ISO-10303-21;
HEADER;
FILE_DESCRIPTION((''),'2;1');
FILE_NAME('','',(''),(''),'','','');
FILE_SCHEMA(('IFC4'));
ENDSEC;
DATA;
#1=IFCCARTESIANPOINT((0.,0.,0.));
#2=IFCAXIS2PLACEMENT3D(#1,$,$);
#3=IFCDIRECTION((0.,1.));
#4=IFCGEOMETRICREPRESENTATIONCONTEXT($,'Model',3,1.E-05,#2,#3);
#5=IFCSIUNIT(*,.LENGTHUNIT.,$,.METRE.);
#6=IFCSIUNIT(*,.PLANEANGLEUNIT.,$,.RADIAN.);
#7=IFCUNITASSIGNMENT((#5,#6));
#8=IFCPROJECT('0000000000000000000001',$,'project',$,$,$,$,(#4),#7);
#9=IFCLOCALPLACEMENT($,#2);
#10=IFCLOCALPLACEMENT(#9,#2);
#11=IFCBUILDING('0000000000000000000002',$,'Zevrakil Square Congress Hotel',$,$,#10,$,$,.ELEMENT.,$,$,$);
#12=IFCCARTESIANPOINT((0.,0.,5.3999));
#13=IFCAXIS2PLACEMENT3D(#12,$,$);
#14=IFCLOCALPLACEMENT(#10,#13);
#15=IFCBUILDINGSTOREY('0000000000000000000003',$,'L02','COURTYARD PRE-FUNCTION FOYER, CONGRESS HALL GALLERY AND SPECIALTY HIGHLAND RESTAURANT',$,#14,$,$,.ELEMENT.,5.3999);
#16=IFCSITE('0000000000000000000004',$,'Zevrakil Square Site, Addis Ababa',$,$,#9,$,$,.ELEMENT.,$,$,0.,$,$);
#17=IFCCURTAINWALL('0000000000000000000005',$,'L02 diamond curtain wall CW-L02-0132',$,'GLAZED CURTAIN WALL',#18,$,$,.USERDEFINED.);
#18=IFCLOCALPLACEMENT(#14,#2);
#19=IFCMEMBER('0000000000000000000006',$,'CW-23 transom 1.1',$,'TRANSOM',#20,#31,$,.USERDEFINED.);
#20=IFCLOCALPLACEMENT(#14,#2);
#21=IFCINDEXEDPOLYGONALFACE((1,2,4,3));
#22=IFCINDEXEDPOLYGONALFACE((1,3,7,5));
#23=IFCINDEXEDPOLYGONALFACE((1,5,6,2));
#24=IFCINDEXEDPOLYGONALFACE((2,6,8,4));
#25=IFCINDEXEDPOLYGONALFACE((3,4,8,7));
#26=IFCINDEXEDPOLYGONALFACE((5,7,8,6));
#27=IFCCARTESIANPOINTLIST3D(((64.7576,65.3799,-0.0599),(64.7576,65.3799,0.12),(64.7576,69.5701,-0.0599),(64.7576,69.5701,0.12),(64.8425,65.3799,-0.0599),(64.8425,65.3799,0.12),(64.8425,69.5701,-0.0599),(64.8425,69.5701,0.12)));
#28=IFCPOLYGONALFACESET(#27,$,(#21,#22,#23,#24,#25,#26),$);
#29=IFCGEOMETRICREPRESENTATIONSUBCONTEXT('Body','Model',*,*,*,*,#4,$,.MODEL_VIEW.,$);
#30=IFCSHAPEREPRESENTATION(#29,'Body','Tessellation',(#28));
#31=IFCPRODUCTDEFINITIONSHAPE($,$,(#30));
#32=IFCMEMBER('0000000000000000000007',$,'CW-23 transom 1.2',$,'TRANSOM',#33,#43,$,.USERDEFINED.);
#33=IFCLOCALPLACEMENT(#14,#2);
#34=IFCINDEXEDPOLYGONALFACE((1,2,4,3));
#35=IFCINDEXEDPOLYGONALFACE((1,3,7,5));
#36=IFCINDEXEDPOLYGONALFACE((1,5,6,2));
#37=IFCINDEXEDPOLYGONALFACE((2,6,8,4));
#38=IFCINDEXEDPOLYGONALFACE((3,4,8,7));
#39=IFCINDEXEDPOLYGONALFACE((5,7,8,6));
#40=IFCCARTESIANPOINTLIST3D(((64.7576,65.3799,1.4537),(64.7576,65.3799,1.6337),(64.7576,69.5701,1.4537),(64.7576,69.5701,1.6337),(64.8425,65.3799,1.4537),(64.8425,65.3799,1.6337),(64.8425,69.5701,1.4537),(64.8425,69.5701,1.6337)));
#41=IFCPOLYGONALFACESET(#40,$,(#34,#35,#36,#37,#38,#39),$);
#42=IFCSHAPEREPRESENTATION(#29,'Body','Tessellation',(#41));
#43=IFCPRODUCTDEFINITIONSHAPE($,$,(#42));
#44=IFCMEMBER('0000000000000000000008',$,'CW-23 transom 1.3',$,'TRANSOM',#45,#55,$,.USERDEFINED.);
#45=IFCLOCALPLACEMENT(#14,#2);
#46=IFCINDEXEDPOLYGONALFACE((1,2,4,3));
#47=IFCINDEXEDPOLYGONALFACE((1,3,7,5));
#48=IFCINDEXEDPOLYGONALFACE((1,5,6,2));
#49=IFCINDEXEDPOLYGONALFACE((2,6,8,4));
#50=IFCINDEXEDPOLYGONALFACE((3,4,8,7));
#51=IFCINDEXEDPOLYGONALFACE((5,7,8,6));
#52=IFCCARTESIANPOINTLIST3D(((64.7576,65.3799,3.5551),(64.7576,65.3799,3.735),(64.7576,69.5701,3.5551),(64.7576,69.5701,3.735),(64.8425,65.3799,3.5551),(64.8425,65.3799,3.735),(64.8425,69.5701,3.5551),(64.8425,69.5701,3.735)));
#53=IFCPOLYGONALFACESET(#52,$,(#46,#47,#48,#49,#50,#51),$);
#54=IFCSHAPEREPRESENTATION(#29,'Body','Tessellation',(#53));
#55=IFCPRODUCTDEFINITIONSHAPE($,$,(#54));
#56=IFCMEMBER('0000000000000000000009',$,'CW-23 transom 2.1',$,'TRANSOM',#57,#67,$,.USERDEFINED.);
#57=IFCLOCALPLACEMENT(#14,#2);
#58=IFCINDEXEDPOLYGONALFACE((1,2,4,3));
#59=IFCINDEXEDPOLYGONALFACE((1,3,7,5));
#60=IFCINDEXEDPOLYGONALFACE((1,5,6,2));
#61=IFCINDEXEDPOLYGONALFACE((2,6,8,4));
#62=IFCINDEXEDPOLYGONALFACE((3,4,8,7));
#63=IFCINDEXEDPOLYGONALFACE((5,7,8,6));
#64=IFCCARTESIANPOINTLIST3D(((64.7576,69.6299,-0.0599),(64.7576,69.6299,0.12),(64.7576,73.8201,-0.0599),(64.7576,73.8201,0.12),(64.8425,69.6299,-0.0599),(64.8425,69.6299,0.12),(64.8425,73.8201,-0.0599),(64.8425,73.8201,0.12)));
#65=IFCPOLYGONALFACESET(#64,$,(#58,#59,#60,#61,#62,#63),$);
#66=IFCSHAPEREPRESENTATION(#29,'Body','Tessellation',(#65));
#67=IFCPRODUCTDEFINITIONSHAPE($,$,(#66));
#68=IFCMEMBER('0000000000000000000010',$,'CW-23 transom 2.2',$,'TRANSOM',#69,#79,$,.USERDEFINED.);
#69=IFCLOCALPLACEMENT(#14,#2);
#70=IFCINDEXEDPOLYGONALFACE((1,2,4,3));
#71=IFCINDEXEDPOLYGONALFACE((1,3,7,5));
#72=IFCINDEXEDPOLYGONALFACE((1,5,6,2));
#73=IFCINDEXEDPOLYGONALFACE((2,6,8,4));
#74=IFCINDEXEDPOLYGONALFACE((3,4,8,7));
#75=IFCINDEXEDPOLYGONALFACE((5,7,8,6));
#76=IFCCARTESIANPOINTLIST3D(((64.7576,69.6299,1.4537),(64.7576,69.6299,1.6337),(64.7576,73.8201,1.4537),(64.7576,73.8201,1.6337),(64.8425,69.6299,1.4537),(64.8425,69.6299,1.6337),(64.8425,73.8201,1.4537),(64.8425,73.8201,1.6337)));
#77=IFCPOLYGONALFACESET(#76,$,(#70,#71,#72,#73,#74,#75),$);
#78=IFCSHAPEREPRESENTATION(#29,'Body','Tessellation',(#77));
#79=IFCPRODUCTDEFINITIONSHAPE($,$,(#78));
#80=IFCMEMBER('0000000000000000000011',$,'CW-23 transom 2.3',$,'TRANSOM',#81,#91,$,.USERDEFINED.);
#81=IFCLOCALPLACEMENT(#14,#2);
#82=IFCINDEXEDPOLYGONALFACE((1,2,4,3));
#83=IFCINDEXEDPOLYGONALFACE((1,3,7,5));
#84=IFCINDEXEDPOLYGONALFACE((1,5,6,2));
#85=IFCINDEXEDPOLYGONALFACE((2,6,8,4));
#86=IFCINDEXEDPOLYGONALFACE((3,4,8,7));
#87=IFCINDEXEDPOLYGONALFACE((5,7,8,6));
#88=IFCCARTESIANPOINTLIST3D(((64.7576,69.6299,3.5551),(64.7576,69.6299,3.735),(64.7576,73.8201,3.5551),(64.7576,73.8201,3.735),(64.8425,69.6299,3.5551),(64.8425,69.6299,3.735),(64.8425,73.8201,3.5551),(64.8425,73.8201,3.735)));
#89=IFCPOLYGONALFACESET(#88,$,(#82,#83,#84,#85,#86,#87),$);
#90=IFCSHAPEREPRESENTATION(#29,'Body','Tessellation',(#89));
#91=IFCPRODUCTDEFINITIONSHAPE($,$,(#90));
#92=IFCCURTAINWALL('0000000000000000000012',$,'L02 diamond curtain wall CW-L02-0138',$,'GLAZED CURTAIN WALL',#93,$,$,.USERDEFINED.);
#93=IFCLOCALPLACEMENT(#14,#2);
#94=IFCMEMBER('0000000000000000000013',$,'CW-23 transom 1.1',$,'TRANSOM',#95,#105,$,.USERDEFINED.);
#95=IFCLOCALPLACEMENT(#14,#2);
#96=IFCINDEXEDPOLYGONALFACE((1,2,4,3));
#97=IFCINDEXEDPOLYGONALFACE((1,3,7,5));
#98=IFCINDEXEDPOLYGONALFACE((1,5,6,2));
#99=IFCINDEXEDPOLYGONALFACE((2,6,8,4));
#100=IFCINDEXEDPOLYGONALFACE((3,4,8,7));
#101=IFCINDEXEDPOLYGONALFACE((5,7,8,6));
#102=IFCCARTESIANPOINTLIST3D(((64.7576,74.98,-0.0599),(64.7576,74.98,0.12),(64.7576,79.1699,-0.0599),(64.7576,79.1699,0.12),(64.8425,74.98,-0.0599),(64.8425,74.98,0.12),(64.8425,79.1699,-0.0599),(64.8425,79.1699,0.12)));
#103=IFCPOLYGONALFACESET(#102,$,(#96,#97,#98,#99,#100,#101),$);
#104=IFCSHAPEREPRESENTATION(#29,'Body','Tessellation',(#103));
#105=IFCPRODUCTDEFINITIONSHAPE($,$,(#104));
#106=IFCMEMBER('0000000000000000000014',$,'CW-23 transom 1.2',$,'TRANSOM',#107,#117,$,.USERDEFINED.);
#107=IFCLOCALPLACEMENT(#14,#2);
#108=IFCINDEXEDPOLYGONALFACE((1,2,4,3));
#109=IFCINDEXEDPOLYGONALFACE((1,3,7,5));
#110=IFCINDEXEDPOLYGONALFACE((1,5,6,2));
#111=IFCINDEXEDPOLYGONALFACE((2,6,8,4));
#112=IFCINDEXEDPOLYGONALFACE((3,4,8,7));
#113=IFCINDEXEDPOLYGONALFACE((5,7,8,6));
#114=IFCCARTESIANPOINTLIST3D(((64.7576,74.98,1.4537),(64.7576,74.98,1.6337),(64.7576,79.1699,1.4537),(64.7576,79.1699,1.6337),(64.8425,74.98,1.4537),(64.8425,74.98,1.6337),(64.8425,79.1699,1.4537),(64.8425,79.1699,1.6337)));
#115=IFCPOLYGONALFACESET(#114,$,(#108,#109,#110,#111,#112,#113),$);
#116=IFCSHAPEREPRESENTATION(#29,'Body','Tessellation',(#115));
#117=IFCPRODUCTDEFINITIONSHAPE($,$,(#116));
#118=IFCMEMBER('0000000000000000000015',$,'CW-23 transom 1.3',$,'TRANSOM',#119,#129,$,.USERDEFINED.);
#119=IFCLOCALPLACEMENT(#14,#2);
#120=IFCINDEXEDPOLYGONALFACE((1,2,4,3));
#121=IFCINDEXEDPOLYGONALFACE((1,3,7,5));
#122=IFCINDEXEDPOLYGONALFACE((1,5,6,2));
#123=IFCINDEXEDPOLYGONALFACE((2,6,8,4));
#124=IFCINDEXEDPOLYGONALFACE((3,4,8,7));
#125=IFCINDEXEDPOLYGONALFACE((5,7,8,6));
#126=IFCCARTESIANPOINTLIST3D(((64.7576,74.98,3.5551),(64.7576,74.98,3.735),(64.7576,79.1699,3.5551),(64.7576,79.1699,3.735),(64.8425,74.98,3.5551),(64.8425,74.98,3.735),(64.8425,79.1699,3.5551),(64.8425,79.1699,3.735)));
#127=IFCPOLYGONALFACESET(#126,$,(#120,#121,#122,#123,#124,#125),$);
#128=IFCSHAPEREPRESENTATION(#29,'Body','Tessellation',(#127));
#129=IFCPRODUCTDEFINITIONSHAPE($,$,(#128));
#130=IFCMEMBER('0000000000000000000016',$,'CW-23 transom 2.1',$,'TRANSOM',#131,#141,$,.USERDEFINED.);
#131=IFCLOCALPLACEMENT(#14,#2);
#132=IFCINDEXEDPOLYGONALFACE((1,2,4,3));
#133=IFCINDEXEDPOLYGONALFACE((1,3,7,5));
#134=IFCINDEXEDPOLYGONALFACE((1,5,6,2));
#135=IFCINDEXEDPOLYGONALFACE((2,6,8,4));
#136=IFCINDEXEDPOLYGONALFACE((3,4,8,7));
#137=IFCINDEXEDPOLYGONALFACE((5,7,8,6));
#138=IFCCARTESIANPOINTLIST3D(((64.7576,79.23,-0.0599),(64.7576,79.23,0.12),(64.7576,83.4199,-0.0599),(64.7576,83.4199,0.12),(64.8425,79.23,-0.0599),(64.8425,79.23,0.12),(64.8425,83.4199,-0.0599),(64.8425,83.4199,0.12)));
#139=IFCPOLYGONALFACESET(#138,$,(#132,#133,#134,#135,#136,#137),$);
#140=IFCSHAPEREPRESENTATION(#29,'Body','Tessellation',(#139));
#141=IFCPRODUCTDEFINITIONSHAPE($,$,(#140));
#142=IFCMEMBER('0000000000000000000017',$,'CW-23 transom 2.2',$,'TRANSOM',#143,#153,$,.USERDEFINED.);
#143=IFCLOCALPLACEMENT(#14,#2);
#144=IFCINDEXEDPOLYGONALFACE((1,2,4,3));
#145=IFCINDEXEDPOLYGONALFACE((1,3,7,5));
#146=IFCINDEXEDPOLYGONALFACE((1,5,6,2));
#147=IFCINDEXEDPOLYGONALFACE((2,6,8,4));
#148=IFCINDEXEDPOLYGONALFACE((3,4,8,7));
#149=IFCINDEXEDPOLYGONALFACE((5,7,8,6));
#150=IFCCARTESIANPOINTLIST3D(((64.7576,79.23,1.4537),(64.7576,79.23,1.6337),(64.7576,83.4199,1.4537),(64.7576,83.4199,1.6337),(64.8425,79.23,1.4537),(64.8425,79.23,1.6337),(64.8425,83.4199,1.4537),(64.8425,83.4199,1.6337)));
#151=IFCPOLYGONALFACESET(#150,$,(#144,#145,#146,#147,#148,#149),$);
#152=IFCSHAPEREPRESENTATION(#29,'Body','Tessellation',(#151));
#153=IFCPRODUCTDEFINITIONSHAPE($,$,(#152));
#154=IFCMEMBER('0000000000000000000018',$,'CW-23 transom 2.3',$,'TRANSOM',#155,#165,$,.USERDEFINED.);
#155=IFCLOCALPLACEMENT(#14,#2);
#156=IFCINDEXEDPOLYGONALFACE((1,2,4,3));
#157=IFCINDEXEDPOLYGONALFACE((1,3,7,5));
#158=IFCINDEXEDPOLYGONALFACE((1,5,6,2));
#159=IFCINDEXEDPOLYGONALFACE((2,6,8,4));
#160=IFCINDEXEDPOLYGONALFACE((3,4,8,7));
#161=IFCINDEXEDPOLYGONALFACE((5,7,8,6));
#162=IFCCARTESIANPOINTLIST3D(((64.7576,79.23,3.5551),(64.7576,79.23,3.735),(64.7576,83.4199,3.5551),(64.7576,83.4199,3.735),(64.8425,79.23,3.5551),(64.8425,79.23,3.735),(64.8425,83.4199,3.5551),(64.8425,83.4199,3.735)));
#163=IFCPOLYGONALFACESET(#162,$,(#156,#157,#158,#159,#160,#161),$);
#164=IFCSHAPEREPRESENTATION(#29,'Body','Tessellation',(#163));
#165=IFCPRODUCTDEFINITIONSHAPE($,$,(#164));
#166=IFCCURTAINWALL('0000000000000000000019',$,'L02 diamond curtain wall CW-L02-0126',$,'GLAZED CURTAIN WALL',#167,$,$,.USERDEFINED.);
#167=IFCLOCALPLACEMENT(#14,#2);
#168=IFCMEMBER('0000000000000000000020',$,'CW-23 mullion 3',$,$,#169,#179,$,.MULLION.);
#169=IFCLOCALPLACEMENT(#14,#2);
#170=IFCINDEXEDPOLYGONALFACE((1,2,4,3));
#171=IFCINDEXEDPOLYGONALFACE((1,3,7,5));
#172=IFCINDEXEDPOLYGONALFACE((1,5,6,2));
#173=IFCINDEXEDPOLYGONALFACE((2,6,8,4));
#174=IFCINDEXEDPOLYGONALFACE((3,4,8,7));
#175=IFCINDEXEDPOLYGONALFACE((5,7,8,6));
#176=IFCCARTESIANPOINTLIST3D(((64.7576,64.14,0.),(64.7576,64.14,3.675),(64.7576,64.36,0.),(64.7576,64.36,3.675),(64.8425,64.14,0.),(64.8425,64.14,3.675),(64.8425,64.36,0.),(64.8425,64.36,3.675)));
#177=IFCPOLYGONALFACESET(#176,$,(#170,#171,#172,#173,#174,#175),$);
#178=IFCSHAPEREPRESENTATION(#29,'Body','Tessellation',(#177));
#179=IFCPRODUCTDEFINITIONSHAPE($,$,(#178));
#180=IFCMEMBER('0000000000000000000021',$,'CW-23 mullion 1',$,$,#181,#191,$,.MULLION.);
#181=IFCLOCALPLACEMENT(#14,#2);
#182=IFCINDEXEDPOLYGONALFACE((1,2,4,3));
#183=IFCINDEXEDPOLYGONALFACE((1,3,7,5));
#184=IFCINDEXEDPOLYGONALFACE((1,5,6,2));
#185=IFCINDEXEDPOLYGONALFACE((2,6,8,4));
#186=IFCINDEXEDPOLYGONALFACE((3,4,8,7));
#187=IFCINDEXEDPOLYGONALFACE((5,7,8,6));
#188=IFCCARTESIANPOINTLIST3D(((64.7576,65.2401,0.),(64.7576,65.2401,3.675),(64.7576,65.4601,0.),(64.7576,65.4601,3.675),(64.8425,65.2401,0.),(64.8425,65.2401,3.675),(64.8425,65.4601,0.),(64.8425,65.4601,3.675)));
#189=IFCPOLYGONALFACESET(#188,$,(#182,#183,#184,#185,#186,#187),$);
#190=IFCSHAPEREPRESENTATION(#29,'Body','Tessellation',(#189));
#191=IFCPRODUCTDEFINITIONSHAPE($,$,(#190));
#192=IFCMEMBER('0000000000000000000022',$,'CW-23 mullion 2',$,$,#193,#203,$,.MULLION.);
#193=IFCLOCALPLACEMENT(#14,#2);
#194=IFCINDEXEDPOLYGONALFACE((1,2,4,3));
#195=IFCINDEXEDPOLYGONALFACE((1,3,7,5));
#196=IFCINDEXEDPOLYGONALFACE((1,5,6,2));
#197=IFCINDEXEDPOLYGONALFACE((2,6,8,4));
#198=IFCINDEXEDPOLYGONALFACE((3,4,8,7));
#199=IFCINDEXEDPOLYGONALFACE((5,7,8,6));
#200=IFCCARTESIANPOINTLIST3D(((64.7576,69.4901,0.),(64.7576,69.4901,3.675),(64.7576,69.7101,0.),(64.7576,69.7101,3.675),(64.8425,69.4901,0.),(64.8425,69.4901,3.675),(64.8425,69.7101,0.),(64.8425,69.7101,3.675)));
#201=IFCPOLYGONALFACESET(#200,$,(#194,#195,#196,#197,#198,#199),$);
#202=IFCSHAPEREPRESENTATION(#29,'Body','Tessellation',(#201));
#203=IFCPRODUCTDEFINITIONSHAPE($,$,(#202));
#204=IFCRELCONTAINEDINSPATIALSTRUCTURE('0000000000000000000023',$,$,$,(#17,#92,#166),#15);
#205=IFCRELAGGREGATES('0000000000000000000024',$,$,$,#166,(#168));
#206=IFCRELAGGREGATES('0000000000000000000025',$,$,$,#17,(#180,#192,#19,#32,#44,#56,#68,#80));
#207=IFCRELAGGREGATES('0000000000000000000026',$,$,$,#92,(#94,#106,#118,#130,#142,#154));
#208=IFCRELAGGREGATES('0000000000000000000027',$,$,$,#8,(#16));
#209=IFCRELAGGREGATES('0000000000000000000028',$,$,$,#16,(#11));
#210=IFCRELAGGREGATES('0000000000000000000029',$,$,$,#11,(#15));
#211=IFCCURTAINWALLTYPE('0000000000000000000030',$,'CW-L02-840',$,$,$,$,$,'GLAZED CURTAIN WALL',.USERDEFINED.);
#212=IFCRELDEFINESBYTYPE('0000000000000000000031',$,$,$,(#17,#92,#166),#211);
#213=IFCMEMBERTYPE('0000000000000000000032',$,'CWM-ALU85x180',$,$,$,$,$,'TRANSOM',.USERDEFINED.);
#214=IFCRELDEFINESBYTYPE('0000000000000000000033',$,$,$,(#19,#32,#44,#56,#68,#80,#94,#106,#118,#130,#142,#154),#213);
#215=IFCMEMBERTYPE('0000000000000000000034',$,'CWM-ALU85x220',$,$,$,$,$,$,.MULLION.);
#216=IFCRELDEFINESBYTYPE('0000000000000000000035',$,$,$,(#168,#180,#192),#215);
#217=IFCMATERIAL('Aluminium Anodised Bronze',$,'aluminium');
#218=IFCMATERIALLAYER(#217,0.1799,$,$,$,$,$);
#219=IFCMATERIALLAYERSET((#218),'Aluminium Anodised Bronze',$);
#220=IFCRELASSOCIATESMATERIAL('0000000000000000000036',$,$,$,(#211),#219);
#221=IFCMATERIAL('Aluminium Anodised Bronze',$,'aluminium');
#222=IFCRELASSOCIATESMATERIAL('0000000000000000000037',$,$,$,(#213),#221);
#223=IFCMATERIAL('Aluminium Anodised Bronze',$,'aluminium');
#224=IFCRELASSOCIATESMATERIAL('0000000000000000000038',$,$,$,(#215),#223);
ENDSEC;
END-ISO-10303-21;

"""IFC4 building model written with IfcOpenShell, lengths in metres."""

from ifc_helpers import new_model, si_unit, direction, frame, origin, origin_2d, place, context, subcontext, project, spatial, rectangle, extrude, material, layer, layer_set, material_profile, profile_set, type_object, element, aggregate, save


model = new_model("IFC4")

# Units and contexts
model_context = context("Model", 3, precision=1e-05, world=origin(), true_north=direction((0.0, 1.0)))
body_context = subcontext(model_context, "Body", "Model", "MODEL_VIEW")
ifc_project = project(units=[si_unit("LENGTHUNIT", "METRE"), si_unit("PLANEANGLEUNIT", "RADIAN")], contexts=[model_context])

# Site, building, storey
site_placement = place(None, origin())
site = spatial("IfcSite", under=ifc_project, at=site_placement, Name="Zevrakil Square Site, Addis Ababa", CompositionType="ELEMENT", RefElevation=0.0)
building_placement = place(site_placement, origin())
building = spatial("IfcBuilding", under=site, at=building_placement, Name="Zevrakil Square Congress Hotel", CompositionType="ELEMENT")
storey_placement = place(building_placement, frame((0.0, 0.0, 5.3999)))
storey = spatial("IfcBuildingStorey", under=building, at=storey_placement, Name="L02", Description="COURTYARD PRE-FUNCTION FOYER, CONGRESS HALL GALLERY AND SPECIALTY HIGHLAND RESTAURANT", CompositionType="ELEMENT", Elevation=5.3999)

# Curtain walls, members
ifc_material_1 = material(Name="Aluminium Anodised Bronze", Category="aluminium")
ifc_layer_1 = layer(ifc_material_1, 0.1799)
ifc_layer_set_1 = layer_set([ifc_layer_1], Name="Aluminium Anodised Bronze")
curtain_wall_type = type_object("IfcCurtainWallType", Name="CW-L02-840", ElementType="GLAZED CURTAIN WALL", PredefinedType="USERDEFINED", material=ifc_layer_set_1)
curtain_wall_1_placement = place(storey_placement, origin())
curtain_wall_1 = element("IfcCurtainWall", 1, at=curtain_wall_1_placement, inside=storey, type_object=curtain_wall_type, Name="L02 diamond curtain wall CW-L02-0132", ObjectType="GLAZED CURTAIN WALL", PredefinedType="USERDEFINED")
ifc_material_2 = material(Name="Aluminium Anodised Bronze", Category="aluminium")
ifc_material_profile_1 = material_profile(ifc_material_2, rectangle(XDim=0.085, YDim=0.1799, at=origin_2d()), Name="ALU 85x180")
ifc_profile_set_1 = profile_set([ifc_material_profile_1], Name="Aluminium Anodised Bronze")
member_type_1 = type_object("IfcMemberType", Name="CWM-ALU85x180", ElementType="TRANSOM", PredefinedType="USERDEFINED", material=ifc_profile_set_1)
member_1_placement = place(storey_placement, frame((64.8, 65.3799, 0.03), z_axis=(0.0, 1.0, 0.0), x_axis=(-1.0, 0.0, 0.0)))
member_1 = element("IfcMember", 2, at=member_1_placement, type_object=member_type_1, Name="CW-23 transom 1.1", ObjectType="TRANSOM", PredefinedType="USERDEFINED", context=body_context, shape_type="SweptSolid", body=[
    extrude(rectangle(XDim=0.085, YDim=0.1799, at=origin_2d()), origin(), (0.0, 0.0, 1.0), 4.1902),
])
member_2_placement = place(storey_placement, frame((64.8, 65.3799, 1.5437), z_axis=(0.0, 1.0, 0.0), x_axis=(-1.0, 0.0, 0.0)))
member_2 = element("IfcMember", 3, at=member_2_placement, type_object=member_type_1, Name="CW-23 transom 1.2", ObjectType="TRANSOM", PredefinedType="USERDEFINED", context=body_context, shape_type="SweptSolid", body=[
    extrude(rectangle(XDim=0.085, YDim=0.1799, at=origin_2d()), origin(), (0.0, 0.0, 1.0), 4.1902),
])
member_3_placement = place(storey_placement, frame((64.8, 65.3799, 3.645), z_axis=(0.0, 1.0, 0.0), x_axis=(-1.0, 0.0, 0.0)))
member_3 = element("IfcMember", 4, at=member_3_placement, type_object=member_type_1, Name="CW-23 transom 1.3", ObjectType="TRANSOM", PredefinedType="USERDEFINED", context=body_context, shape_type="SweptSolid", body=[
    extrude(rectangle(XDim=0.085, YDim=0.1799, at=origin_2d()), origin(), (0.0, 0.0, 1.0), 4.1902),
])
member_4_placement = place(storey_placement, frame((64.8, 69.6299, 0.03), z_axis=(0.0, 1.0, 0.0), x_axis=(-1.0, 0.0, 0.0)))
member_4 = element("IfcMember", 5, at=member_4_placement, type_object=member_type_1, Name="CW-23 transom 2.1", ObjectType="TRANSOM", PredefinedType="USERDEFINED", context=body_context, shape_type="SweptSolid", body=[
    extrude(rectangle(XDim=0.085, YDim=0.1799, at=origin_2d()), origin(), (0.0, 0.0, 1.0), 4.1902),
])
member_5_placement = place(storey_placement, frame((64.8, 69.6299, 1.5437), z_axis=(0.0, 1.0, 0.0), x_axis=(-1.0, 0.0, 0.0)))
member_5 = element("IfcMember", 6, at=member_5_placement, type_object=member_type_1, Name="CW-23 transom 2.2", ObjectType="TRANSOM", PredefinedType="USERDEFINED", context=body_context, shape_type="SweptSolid", body=[
    extrude(rectangle(XDim=0.085, YDim=0.1799, at=origin_2d()), origin(), (0.0, 0.0, 1.0), 4.1902),
])
member_6_placement = place(storey_placement, frame((64.8, 69.6299, 3.645), z_axis=(0.0, 1.0, 0.0), x_axis=(-1.0, 0.0, 0.0)))
member_6 = element("IfcMember", 7, at=member_6_placement, type_object=member_type_1, Name="CW-23 transom 2.3", ObjectType="TRANSOM", PredefinedType="USERDEFINED", context=body_context, shape_type="SweptSolid", body=[
    extrude(rectangle(XDim=0.085, YDim=0.1799, at=origin_2d()), origin(), (0.0, 0.0, 1.0), 4.1902),
])
curtain_wall_2_placement = place(storey_placement, origin())
curtain_wall_2 = element("IfcCurtainWall", 8, at=curtain_wall_2_placement, inside=storey, type_object=curtain_wall_type, Name="L02 diamond curtain wall CW-L02-0138", ObjectType="GLAZED CURTAIN WALL", PredefinedType="USERDEFINED")
member_7_placement = place(storey_placement, frame((64.8, 74.98, 0.03), z_axis=(0.0, 1.0, 0.0), x_axis=(-1.0, 0.0, 0.0)))
member_7 = element("IfcMember", 9, at=member_7_placement, type_object=member_type_1, Name="CW-23 transom 1.1", ObjectType="TRANSOM", PredefinedType="USERDEFINED", context=body_context, shape_type="SweptSolid", body=[
    extrude(rectangle(XDim=0.085, YDim=0.1799, at=origin_2d()), origin(), (0.0, 0.0, 1.0), 4.1899),
])
member_8_placement = place(storey_placement, frame((64.8, 74.98, 1.5437), z_axis=(0.0, 1.0, 0.0), x_axis=(-1.0, 0.0, 0.0)))
member_8 = element("IfcMember", 10, at=member_8_placement, type_object=member_type_1, Name="CW-23 transom 1.2", ObjectType="TRANSOM", PredefinedType="USERDEFINED", context=body_context, shape_type="SweptSolid", body=[
    extrude(rectangle(XDim=0.085, YDim=0.1799, at=origin_2d()), origin(), (0.0, 0.0, 1.0), 4.1899),
])
member_9_placement = place(storey_placement, frame((64.8, 74.98, 3.645), z_axis=(0.0, 1.0, 0.0), x_axis=(-1.0, 0.0, 0.0)))
member_9 = element("IfcMember", 11, at=member_9_placement, type_object=member_type_1, Name="CW-23 transom 1.3", ObjectType="TRANSOM", PredefinedType="USERDEFINED", context=body_context, shape_type="SweptSolid", body=[
    extrude(rectangle(XDim=0.085, YDim=0.1799, at=origin_2d()), origin(), (0.0, 0.0, 1.0), 4.1899),
])
member_10_placement = place(storey_placement, frame((64.8, 79.23, 0.03), z_axis=(0.0, 1.0, 0.0), x_axis=(-1.0, 0.0, 0.0)))
member_10 = element("IfcMember", 12, at=member_10_placement, type_object=member_type_1, Name="CW-23 transom 2.1", ObjectType="TRANSOM", PredefinedType="USERDEFINED", context=body_context, shape_type="SweptSolid", body=[
    extrude(rectangle(XDim=0.085, YDim=0.1799, at=origin_2d()), origin(), (0.0, 0.0, 1.0), 4.1899),
])
member_11_placement = place(storey_placement, frame((64.8, 79.23, 1.5437), z_axis=(0.0, 1.0, 0.0), x_axis=(-1.0, 0.0, 0.0)))
member_11 = element("IfcMember", 13, at=member_11_placement, type_object=member_type_1, Name="CW-23 transom 2.2", ObjectType="TRANSOM", PredefinedType="USERDEFINED", context=body_context, shape_type="SweptSolid", body=[
    extrude(rectangle(XDim=0.085, YDim=0.1799, at=origin_2d()), origin(), (0.0, 0.0, 1.0), 4.1899),
])
member_12_placement = place(storey_placement, frame((64.8, 79.23, 3.645), z_axis=(0.0, 1.0, 0.0), x_axis=(-1.0, 0.0, 0.0)))
member_12 = element("IfcMember", 14, at=member_12_placement, type_object=member_type_1, Name="CW-23 transom 2.3", ObjectType="TRANSOM", PredefinedType="USERDEFINED", context=body_context, shape_type="SweptSolid", body=[
    extrude(rectangle(XDim=0.085, YDim=0.1799, at=origin_2d()), origin(), (0.0, 0.0, 1.0), 4.1899),
])

# Curtain wall, member
curtain_wall_3_placement = place(storey_placement, origin())
curtain_wall_3 = element("IfcCurtainWall", 15, at=curtain_wall_3_placement, inside=storey, type_object=curtain_wall_type, Name="L02 diamond curtain wall CW-L02-0126", ObjectType="GLAZED CURTAIN WALL", PredefinedType="USERDEFINED")
ifc_material_3 = material(Name="Aluminium Anodised Bronze", Category="aluminium")
ifc_material_profile_2 = material_profile(ifc_material_3, rectangle(XDim=0.085, YDim=0.22, at=origin_2d()), Name="ALU 85x220")
ifc_profile_set_2 = profile_set([ifc_material_profile_2], Name="Aluminium Anodised Bronze")
member_type_2 = type_object("IfcMemberType", Name="CWM-ALU85x220", PredefinedType="MULLION", material=ifc_profile_set_2)
member_13_placement = place(storey_placement, frame((64.8, 64.25, 0.0), z_axis=(0.0, 0.0, 1.0), x_axis=(-1.0, 0.0, 0.0)))
member_13 = element("IfcMember", 16, at=member_13_placement, type_object=member_type_2, Name="CW-23 mullion 3", PredefinedType="MULLION", context=body_context, shape_type="SweptSolid", body=[
    extrude(rectangle(XDim=0.085, YDim=0.22, at=origin_2d()), origin(), (0.0, 0.0, 1.0), 3.675),
])
aggregate(curtain_wall_3, [member_13])

# Members
member_14_placement = place(storey_placement, frame((64.8, 65.3501, 0.0), z_axis=(0.0, 0.0, 1.0), x_axis=(-1.0, 0.0, 0.0)))
member_14 = element("IfcMember", 17, at=member_14_placement, type_object=member_type_2, Name="CW-23 mullion 1", PredefinedType="MULLION", context=body_context, shape_type="SweptSolid", body=[
    extrude(rectangle(XDim=0.085, YDim=0.22, at=origin_2d()), origin(), (0.0, 0.0, 1.0), 3.675),
])
member_15_placement = place(storey_placement, frame((64.8, 69.6001, 0.0), z_axis=(0.0, 0.0, 1.0), x_axis=(-1.0, 0.0, 0.0)))
member_15 = element("IfcMember", 18, at=member_15_placement, type_object=member_type_2, Name="CW-23 mullion 2", PredefinedType="MULLION", context=body_context, shape_type="SweptSolid", body=[
    extrude(rectangle(XDim=0.085, YDim=0.22, at=origin_2d()), origin(), (0.0, 0.0, 1.0), 3.675),
])

aggregate(curtain_wall_1, [member_14, member_15, member_1, member_2, member_3, member_4, member_5, member_6])
aggregate(curtain_wall_2, [member_7, member_8, member_9, member_10, member_11, member_12])

save(model, "model.ifc")
